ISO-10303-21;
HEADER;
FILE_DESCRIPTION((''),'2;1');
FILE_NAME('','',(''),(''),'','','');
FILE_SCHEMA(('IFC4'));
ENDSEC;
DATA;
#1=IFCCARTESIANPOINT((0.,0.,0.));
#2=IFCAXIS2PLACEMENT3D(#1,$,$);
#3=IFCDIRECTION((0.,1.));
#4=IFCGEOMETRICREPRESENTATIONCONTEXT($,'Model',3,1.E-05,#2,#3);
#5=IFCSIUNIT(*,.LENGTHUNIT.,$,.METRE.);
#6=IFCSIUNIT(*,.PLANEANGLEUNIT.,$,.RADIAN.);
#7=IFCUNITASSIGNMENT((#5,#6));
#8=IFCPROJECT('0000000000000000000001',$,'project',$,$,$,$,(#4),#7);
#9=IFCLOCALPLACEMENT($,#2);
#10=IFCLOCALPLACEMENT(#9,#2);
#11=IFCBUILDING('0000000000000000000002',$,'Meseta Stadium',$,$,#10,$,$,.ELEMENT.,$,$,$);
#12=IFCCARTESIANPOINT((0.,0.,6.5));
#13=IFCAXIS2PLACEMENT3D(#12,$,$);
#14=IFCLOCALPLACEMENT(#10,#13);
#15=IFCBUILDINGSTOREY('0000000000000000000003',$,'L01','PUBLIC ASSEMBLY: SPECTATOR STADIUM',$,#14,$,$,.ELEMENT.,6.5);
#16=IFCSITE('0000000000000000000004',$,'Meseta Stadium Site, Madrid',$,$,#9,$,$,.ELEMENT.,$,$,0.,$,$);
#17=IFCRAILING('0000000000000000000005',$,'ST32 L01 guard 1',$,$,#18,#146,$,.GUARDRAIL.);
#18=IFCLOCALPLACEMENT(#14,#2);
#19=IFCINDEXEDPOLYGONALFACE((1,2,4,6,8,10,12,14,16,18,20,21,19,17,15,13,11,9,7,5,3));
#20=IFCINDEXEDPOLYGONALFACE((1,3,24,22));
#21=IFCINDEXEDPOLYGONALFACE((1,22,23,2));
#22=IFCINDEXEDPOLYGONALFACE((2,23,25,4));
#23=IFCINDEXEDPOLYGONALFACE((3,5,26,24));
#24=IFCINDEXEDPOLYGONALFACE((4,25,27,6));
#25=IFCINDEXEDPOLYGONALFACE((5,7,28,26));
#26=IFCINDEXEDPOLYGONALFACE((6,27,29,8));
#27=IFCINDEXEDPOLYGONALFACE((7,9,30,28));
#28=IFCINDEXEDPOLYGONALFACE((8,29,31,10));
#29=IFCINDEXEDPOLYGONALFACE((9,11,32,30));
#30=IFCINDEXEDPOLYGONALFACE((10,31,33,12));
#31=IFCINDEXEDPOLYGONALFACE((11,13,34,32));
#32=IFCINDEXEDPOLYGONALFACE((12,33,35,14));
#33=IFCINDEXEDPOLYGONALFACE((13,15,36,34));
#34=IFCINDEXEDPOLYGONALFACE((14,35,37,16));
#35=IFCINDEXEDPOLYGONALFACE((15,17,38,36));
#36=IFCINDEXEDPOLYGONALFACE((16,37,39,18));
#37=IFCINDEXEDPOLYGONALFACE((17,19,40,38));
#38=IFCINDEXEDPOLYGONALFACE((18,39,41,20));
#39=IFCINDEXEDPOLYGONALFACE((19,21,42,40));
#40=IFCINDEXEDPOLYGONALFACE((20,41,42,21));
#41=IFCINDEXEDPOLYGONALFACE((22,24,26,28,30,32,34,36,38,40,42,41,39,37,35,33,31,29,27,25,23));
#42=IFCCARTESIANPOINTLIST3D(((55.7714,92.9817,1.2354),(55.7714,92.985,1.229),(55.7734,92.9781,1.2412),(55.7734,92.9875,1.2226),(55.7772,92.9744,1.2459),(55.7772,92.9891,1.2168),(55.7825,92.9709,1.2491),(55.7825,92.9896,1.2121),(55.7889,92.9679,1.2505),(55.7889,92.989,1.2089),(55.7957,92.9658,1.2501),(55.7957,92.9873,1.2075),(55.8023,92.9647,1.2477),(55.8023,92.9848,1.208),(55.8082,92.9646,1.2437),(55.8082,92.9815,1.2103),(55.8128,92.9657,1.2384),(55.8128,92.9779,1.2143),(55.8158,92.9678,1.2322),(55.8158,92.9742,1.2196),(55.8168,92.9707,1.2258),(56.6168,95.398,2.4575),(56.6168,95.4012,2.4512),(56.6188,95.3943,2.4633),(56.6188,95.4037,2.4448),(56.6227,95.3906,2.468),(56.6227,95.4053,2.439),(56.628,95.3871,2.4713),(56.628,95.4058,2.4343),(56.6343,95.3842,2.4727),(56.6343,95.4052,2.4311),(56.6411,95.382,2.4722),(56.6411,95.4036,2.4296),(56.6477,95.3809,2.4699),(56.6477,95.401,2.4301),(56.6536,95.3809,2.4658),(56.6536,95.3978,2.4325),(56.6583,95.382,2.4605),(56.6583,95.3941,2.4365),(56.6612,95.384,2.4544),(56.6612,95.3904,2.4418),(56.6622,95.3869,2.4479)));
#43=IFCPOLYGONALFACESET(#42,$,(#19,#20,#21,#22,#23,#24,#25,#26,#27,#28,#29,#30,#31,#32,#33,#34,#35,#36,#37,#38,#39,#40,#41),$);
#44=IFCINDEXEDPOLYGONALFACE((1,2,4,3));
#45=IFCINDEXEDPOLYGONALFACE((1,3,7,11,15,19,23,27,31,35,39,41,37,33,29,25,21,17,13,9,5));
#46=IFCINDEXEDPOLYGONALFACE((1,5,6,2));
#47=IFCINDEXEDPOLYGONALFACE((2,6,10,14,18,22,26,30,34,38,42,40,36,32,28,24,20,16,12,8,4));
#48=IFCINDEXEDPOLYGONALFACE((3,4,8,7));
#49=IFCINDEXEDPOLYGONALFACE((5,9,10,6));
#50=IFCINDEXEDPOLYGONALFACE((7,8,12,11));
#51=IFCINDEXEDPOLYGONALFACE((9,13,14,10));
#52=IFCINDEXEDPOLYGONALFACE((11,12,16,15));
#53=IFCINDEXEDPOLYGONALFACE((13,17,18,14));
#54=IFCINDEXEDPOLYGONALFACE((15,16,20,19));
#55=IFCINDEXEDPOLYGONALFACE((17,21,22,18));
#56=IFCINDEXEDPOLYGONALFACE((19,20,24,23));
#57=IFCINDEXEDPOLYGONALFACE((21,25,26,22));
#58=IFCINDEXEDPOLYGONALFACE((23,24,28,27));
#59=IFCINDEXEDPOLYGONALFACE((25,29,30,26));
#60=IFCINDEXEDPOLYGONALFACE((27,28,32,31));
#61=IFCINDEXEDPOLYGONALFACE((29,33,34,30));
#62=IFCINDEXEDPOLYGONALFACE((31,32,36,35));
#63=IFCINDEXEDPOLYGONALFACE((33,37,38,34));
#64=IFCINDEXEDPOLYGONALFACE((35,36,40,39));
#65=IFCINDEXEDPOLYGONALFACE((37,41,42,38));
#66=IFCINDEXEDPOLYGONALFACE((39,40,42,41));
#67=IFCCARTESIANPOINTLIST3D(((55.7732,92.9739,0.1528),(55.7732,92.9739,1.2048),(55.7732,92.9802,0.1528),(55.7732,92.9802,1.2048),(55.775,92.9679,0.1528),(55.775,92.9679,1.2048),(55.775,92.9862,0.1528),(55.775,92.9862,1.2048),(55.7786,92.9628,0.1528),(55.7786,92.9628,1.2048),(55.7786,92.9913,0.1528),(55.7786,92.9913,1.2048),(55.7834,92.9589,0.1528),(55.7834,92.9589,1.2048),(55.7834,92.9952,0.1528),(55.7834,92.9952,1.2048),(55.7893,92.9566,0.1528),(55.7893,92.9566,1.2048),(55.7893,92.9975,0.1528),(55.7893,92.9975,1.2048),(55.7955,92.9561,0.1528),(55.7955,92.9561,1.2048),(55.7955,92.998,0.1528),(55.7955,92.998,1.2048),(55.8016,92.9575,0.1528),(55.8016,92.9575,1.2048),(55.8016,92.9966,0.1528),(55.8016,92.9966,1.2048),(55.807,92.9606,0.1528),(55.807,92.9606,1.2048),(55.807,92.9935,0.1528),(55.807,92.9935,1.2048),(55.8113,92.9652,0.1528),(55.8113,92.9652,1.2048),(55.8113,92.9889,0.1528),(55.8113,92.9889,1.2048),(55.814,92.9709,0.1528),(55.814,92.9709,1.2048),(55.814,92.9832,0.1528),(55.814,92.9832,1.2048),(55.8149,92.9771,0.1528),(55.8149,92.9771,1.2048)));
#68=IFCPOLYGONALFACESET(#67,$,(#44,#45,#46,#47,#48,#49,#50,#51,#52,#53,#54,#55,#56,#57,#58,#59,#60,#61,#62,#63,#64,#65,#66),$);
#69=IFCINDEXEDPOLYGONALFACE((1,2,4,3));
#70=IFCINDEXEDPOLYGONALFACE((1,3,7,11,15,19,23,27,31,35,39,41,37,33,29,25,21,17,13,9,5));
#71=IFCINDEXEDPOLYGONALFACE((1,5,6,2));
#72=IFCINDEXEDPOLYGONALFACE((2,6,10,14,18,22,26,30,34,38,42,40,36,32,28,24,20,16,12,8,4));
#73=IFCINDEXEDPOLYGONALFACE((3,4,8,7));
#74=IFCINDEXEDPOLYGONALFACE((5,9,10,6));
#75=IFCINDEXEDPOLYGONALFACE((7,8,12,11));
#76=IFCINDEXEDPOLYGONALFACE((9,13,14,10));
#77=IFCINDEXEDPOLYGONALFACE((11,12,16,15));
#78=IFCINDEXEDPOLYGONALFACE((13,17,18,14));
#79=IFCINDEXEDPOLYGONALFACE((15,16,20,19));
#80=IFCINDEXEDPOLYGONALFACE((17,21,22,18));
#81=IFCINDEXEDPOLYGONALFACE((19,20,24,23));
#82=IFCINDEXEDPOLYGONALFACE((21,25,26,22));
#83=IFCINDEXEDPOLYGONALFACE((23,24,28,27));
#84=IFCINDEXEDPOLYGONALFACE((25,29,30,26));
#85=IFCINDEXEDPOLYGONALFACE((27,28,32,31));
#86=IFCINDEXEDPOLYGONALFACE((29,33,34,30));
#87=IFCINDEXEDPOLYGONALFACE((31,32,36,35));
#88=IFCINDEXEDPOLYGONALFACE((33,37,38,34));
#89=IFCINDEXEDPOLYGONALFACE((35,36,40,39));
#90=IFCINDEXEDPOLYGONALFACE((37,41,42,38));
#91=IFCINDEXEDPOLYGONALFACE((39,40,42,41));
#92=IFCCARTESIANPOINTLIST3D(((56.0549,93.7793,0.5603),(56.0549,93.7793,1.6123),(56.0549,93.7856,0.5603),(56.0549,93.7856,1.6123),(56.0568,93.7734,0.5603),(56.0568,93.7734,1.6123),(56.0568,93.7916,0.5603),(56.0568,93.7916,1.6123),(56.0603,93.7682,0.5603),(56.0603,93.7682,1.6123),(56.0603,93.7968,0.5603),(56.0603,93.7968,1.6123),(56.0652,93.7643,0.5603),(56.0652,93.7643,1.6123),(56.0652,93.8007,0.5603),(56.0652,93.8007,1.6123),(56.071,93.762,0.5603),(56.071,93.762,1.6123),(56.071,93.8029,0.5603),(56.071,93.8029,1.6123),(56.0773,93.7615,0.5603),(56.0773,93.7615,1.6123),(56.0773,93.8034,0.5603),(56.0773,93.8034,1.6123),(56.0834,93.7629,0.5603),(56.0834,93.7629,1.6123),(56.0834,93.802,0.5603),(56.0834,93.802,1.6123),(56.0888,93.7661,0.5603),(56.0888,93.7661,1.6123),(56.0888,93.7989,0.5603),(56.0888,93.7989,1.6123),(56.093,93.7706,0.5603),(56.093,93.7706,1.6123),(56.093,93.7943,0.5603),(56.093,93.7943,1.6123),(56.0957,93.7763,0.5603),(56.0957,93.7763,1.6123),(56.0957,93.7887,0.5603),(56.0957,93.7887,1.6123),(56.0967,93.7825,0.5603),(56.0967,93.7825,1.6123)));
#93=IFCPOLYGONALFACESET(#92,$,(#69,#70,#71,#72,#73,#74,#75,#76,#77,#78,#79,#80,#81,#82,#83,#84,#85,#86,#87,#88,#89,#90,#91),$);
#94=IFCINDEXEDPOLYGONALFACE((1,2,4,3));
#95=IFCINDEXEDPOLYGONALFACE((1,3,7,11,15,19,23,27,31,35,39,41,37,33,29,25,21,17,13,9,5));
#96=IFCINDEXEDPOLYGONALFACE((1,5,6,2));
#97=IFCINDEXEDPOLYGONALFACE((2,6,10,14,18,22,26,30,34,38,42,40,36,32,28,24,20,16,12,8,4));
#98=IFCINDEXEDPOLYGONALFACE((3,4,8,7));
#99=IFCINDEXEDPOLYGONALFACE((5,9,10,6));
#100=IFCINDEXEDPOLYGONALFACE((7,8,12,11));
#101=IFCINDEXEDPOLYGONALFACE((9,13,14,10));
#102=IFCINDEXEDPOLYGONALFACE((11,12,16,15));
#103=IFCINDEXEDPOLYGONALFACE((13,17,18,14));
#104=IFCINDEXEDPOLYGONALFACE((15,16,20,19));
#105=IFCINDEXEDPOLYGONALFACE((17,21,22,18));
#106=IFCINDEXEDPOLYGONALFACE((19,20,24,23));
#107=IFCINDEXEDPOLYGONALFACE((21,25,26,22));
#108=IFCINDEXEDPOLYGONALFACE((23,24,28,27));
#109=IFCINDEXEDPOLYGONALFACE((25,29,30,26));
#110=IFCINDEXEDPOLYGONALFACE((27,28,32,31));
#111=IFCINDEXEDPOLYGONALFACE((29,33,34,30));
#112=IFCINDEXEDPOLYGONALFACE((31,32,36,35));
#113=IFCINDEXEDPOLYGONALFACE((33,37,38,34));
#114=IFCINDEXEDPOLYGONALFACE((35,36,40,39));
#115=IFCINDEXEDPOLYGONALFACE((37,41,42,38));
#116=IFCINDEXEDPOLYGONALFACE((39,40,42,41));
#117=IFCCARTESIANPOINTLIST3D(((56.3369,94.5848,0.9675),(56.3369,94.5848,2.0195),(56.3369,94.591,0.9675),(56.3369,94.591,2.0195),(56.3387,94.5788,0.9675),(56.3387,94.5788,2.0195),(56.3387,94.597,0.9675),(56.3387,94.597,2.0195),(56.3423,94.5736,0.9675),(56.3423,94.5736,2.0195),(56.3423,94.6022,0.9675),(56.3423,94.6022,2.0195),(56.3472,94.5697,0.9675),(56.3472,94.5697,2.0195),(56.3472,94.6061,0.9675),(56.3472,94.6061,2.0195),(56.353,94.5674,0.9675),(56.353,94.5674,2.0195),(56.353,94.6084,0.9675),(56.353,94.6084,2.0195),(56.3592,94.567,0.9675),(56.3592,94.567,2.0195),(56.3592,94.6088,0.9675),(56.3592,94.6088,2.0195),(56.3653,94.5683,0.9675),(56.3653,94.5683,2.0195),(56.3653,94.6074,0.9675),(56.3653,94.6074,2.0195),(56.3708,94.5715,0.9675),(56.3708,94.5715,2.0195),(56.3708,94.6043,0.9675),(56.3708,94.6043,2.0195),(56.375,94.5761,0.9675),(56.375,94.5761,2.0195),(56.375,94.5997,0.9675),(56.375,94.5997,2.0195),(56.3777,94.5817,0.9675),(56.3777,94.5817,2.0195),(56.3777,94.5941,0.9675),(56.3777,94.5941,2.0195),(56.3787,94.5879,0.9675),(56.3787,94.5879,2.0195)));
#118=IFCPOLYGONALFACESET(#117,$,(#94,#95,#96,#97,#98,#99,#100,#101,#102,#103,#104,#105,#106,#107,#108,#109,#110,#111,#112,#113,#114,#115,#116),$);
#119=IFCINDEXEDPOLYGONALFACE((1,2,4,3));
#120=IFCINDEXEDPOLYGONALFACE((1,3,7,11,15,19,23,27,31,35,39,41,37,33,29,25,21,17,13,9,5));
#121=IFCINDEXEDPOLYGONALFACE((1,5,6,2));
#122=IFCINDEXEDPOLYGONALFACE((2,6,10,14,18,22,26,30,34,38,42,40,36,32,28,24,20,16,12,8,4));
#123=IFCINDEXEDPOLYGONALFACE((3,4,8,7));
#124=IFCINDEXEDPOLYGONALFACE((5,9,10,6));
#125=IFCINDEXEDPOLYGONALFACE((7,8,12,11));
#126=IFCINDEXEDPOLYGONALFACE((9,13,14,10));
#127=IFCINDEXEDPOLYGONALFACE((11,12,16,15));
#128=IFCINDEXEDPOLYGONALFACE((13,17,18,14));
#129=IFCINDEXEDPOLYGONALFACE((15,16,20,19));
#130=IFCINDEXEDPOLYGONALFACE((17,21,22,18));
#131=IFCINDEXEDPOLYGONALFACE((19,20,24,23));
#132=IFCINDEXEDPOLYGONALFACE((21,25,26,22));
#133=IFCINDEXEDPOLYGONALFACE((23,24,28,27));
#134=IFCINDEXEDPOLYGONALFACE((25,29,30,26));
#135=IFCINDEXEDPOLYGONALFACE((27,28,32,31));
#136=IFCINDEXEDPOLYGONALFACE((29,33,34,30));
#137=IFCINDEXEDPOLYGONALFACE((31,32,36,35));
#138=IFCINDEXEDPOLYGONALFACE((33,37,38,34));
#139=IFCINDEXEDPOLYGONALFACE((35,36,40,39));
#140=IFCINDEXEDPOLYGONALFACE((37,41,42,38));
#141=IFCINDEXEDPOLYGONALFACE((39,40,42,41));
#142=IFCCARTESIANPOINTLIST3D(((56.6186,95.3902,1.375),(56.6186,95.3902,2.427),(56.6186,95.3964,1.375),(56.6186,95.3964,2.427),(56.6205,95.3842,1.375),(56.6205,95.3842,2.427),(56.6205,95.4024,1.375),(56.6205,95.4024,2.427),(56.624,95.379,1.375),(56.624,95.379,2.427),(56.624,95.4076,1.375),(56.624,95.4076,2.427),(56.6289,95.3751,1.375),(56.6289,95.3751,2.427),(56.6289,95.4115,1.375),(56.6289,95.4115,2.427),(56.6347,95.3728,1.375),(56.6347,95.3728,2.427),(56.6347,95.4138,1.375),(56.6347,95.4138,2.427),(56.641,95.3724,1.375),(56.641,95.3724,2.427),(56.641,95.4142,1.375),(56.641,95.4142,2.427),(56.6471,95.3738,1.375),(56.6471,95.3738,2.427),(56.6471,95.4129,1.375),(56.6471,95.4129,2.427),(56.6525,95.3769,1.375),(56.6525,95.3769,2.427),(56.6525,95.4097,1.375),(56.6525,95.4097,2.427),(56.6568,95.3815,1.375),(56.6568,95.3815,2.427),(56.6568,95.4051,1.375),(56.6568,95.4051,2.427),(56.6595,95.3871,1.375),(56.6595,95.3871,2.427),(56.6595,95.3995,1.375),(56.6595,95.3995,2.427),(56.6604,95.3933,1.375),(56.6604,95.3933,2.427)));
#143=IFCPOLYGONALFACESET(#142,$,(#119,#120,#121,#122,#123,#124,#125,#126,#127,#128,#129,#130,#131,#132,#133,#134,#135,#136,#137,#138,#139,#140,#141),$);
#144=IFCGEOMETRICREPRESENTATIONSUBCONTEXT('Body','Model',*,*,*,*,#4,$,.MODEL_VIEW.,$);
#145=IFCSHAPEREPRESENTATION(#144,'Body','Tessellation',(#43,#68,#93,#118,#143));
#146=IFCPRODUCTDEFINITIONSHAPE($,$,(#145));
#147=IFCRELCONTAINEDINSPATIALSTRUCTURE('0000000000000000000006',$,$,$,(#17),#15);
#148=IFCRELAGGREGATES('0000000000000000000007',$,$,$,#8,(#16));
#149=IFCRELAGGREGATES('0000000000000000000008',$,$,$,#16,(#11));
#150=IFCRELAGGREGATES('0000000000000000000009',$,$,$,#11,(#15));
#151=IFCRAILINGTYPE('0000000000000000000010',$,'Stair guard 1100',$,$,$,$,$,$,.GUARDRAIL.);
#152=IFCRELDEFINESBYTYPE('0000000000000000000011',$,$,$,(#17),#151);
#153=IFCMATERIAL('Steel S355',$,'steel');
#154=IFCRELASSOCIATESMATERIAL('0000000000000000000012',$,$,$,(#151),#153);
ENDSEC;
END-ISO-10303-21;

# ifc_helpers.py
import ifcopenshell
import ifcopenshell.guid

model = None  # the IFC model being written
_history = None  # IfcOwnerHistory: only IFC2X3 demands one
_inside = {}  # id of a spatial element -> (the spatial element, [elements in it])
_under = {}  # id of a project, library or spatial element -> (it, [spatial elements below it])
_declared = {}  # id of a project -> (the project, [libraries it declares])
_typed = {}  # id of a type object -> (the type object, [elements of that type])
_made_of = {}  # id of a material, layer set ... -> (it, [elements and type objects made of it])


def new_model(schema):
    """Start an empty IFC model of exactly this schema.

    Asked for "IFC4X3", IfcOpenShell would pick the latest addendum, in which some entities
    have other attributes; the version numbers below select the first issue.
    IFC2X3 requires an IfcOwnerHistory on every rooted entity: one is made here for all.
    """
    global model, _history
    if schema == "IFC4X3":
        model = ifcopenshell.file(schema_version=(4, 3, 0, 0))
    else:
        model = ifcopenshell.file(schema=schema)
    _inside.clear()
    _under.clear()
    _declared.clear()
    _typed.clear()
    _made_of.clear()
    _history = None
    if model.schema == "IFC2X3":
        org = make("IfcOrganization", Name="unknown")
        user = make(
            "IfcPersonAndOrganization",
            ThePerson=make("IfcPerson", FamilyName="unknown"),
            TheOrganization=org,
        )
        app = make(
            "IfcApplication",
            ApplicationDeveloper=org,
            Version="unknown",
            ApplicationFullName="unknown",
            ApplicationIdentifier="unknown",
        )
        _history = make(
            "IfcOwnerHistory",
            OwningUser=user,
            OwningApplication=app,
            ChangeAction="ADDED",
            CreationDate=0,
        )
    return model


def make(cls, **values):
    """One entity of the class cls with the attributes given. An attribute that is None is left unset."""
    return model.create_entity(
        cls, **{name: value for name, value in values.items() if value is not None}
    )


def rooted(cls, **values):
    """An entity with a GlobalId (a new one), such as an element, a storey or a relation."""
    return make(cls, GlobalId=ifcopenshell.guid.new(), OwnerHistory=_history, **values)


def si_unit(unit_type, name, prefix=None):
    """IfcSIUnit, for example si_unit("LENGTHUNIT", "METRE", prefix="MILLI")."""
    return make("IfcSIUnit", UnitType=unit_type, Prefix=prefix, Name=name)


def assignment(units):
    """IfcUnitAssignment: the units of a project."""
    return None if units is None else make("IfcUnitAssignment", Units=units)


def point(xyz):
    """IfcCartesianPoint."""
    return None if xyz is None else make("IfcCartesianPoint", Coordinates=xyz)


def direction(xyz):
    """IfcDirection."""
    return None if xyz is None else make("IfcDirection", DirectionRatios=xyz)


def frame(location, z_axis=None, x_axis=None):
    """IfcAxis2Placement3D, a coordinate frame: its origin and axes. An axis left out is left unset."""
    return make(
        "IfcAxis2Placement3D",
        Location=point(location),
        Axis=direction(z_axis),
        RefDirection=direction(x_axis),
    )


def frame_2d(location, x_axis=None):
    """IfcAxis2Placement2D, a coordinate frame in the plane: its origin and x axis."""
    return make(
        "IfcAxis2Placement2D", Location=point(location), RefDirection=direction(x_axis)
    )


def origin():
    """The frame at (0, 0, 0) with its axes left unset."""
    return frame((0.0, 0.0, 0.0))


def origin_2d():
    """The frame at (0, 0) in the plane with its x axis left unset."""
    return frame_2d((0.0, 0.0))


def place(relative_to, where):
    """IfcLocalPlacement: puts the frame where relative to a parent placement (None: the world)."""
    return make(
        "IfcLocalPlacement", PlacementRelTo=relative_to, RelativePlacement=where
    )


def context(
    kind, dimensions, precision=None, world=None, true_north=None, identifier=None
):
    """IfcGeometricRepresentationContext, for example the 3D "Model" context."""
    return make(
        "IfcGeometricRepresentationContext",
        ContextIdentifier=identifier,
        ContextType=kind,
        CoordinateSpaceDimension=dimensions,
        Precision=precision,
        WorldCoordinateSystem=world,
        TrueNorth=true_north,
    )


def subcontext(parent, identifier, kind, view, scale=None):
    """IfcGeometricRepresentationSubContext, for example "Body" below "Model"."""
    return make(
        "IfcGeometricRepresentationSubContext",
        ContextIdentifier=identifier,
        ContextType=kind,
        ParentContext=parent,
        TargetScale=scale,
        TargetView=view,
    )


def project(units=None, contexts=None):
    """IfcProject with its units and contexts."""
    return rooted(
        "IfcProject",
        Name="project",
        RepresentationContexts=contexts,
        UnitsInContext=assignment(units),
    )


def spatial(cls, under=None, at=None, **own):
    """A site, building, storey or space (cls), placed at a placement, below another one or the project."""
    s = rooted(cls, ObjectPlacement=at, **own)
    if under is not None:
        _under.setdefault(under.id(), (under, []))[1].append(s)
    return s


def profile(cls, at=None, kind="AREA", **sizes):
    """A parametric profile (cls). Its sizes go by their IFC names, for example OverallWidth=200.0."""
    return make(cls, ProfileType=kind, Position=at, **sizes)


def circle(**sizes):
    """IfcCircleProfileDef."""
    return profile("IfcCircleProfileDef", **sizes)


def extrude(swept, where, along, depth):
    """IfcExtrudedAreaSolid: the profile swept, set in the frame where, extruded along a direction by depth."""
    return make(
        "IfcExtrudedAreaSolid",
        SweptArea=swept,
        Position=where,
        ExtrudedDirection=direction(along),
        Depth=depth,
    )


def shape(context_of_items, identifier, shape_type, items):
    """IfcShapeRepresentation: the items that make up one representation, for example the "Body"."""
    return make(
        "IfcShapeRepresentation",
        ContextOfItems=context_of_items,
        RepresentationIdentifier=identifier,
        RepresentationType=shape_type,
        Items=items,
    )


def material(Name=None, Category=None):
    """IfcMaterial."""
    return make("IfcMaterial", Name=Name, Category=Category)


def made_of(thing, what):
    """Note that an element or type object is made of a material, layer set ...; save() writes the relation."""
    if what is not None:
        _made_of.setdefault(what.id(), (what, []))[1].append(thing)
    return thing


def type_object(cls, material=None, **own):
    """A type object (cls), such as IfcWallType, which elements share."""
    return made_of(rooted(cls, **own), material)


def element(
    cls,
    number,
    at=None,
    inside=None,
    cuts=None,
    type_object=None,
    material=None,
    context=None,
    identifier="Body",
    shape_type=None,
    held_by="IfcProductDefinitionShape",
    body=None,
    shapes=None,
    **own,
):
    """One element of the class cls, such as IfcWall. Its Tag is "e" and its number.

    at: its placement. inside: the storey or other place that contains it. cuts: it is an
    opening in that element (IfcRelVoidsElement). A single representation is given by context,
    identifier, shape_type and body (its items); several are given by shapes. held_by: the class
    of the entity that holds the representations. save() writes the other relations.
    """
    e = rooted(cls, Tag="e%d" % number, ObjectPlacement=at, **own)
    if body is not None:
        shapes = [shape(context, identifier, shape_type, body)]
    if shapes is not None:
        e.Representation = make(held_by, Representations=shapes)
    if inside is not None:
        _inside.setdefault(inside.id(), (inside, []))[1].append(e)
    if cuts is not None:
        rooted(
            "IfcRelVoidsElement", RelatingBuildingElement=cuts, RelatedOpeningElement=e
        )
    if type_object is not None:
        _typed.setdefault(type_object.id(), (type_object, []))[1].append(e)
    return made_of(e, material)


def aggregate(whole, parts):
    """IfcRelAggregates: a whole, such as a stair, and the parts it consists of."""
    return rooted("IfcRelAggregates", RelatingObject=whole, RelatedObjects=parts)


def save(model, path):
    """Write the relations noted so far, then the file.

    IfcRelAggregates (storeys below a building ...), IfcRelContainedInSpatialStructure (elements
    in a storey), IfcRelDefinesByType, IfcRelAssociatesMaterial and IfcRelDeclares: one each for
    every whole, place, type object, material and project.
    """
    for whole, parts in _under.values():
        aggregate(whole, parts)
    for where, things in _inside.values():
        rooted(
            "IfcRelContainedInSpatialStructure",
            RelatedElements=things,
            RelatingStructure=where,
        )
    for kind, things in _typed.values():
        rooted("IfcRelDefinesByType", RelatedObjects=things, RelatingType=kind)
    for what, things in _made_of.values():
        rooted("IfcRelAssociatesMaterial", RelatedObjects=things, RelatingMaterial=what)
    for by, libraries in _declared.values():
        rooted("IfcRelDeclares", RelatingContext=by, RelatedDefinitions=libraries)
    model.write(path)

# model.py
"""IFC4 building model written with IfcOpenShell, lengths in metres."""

from ifc_helpers import new_model, si_unit, direction, frame, origin, origin_2d, place, context, subcontext, project, spatial, circle, extrude, material, type_object, element, save


model = new_model("IFC4")

# Units and contexts
model_context = context("Model", 3, precision=1e-05, world=origin(), true_north=direction((0.0, 1.0)))
body_context = subcontext(model_context, "Body", "Model", "MODEL_VIEW")
ifc_project = project(units=[si_unit("LENGTHUNIT", "METRE"), si_unit("PLANEANGLEUNIT", "RADIAN")], contexts=[model_context])

# Site, building, storey
site_placement = place(None, origin())
site = spatial("IfcSite", under=ifc_project, at=site_placement, Name="Meseta Stadium Site, Madrid", CompositionType="ELEMENT", RefElevation=0.0)
building_placement = place(site_placement, origin())
building = spatial("IfcBuilding", under=site, at=building_placement, Name="Meseta Stadium", CompositionType="ELEMENT")
storey_placement = place(building_placement, frame((0.0, 0.0, 6.5)))
storey = spatial("IfcBuildingStorey", under=building, at=storey_placement, Name="L01", Description="PUBLIC ASSEMBLY: SPECTATOR STADIUM", CompositionType="ELEMENT", Elevation=6.5)

# Railing
ifc_material_1 = material(Name="Steel S355", Category="steel")
railing_type_1 = type_object("IfcRailingType", Name="Stair guard 1100", PredefinedType="GUARDRAIL", material=ifc_material_1)
railing_1_placement = place(storey_placement, frame((55.7939, 92.9771, 0.1528)))
element("IfcRailing", 1, at=railing_1_placement, inside=storey, type_object=railing_type_1, Name="ST32 L01 guard 1", PredefinedType="GUARDRAIL", context=body_context, shape_type="SweptSolid", body=[
    extrude(circle(Radius=0.0239, at=origin_2d()), frame((0.0, 0.0, 1.0762), z_axis=(0.298044, 0.851789, 0.430843), x_axis=(-0.943887, 0.33027, 0.0)), (0.0, 0.0, 1.0), 2.8367),
    extrude(circle(Radius=0.021, at=origin_2d()), origin(), (0.0, 0.0, 1.0), 1.052),
    extrude(circle(Radius=0.021, at=origin_2d()), frame((0.2817, 0.8054, 0.4075)), (0.0, 0.0, 1.0), 1.052),
    extrude(circle(Radius=0.021, at=origin_2d()), frame((0.5637, 1.6108, 0.8147)), (0.0, 0.0, 1.0), 1.052),
    extrude(circle(Radius=0.021, at=origin_2d()), frame((0.8455, 2.4163, 1.2222)), (0.0, 0.0, 1.0), 1.052),
])

save(model, "model.ifc")
